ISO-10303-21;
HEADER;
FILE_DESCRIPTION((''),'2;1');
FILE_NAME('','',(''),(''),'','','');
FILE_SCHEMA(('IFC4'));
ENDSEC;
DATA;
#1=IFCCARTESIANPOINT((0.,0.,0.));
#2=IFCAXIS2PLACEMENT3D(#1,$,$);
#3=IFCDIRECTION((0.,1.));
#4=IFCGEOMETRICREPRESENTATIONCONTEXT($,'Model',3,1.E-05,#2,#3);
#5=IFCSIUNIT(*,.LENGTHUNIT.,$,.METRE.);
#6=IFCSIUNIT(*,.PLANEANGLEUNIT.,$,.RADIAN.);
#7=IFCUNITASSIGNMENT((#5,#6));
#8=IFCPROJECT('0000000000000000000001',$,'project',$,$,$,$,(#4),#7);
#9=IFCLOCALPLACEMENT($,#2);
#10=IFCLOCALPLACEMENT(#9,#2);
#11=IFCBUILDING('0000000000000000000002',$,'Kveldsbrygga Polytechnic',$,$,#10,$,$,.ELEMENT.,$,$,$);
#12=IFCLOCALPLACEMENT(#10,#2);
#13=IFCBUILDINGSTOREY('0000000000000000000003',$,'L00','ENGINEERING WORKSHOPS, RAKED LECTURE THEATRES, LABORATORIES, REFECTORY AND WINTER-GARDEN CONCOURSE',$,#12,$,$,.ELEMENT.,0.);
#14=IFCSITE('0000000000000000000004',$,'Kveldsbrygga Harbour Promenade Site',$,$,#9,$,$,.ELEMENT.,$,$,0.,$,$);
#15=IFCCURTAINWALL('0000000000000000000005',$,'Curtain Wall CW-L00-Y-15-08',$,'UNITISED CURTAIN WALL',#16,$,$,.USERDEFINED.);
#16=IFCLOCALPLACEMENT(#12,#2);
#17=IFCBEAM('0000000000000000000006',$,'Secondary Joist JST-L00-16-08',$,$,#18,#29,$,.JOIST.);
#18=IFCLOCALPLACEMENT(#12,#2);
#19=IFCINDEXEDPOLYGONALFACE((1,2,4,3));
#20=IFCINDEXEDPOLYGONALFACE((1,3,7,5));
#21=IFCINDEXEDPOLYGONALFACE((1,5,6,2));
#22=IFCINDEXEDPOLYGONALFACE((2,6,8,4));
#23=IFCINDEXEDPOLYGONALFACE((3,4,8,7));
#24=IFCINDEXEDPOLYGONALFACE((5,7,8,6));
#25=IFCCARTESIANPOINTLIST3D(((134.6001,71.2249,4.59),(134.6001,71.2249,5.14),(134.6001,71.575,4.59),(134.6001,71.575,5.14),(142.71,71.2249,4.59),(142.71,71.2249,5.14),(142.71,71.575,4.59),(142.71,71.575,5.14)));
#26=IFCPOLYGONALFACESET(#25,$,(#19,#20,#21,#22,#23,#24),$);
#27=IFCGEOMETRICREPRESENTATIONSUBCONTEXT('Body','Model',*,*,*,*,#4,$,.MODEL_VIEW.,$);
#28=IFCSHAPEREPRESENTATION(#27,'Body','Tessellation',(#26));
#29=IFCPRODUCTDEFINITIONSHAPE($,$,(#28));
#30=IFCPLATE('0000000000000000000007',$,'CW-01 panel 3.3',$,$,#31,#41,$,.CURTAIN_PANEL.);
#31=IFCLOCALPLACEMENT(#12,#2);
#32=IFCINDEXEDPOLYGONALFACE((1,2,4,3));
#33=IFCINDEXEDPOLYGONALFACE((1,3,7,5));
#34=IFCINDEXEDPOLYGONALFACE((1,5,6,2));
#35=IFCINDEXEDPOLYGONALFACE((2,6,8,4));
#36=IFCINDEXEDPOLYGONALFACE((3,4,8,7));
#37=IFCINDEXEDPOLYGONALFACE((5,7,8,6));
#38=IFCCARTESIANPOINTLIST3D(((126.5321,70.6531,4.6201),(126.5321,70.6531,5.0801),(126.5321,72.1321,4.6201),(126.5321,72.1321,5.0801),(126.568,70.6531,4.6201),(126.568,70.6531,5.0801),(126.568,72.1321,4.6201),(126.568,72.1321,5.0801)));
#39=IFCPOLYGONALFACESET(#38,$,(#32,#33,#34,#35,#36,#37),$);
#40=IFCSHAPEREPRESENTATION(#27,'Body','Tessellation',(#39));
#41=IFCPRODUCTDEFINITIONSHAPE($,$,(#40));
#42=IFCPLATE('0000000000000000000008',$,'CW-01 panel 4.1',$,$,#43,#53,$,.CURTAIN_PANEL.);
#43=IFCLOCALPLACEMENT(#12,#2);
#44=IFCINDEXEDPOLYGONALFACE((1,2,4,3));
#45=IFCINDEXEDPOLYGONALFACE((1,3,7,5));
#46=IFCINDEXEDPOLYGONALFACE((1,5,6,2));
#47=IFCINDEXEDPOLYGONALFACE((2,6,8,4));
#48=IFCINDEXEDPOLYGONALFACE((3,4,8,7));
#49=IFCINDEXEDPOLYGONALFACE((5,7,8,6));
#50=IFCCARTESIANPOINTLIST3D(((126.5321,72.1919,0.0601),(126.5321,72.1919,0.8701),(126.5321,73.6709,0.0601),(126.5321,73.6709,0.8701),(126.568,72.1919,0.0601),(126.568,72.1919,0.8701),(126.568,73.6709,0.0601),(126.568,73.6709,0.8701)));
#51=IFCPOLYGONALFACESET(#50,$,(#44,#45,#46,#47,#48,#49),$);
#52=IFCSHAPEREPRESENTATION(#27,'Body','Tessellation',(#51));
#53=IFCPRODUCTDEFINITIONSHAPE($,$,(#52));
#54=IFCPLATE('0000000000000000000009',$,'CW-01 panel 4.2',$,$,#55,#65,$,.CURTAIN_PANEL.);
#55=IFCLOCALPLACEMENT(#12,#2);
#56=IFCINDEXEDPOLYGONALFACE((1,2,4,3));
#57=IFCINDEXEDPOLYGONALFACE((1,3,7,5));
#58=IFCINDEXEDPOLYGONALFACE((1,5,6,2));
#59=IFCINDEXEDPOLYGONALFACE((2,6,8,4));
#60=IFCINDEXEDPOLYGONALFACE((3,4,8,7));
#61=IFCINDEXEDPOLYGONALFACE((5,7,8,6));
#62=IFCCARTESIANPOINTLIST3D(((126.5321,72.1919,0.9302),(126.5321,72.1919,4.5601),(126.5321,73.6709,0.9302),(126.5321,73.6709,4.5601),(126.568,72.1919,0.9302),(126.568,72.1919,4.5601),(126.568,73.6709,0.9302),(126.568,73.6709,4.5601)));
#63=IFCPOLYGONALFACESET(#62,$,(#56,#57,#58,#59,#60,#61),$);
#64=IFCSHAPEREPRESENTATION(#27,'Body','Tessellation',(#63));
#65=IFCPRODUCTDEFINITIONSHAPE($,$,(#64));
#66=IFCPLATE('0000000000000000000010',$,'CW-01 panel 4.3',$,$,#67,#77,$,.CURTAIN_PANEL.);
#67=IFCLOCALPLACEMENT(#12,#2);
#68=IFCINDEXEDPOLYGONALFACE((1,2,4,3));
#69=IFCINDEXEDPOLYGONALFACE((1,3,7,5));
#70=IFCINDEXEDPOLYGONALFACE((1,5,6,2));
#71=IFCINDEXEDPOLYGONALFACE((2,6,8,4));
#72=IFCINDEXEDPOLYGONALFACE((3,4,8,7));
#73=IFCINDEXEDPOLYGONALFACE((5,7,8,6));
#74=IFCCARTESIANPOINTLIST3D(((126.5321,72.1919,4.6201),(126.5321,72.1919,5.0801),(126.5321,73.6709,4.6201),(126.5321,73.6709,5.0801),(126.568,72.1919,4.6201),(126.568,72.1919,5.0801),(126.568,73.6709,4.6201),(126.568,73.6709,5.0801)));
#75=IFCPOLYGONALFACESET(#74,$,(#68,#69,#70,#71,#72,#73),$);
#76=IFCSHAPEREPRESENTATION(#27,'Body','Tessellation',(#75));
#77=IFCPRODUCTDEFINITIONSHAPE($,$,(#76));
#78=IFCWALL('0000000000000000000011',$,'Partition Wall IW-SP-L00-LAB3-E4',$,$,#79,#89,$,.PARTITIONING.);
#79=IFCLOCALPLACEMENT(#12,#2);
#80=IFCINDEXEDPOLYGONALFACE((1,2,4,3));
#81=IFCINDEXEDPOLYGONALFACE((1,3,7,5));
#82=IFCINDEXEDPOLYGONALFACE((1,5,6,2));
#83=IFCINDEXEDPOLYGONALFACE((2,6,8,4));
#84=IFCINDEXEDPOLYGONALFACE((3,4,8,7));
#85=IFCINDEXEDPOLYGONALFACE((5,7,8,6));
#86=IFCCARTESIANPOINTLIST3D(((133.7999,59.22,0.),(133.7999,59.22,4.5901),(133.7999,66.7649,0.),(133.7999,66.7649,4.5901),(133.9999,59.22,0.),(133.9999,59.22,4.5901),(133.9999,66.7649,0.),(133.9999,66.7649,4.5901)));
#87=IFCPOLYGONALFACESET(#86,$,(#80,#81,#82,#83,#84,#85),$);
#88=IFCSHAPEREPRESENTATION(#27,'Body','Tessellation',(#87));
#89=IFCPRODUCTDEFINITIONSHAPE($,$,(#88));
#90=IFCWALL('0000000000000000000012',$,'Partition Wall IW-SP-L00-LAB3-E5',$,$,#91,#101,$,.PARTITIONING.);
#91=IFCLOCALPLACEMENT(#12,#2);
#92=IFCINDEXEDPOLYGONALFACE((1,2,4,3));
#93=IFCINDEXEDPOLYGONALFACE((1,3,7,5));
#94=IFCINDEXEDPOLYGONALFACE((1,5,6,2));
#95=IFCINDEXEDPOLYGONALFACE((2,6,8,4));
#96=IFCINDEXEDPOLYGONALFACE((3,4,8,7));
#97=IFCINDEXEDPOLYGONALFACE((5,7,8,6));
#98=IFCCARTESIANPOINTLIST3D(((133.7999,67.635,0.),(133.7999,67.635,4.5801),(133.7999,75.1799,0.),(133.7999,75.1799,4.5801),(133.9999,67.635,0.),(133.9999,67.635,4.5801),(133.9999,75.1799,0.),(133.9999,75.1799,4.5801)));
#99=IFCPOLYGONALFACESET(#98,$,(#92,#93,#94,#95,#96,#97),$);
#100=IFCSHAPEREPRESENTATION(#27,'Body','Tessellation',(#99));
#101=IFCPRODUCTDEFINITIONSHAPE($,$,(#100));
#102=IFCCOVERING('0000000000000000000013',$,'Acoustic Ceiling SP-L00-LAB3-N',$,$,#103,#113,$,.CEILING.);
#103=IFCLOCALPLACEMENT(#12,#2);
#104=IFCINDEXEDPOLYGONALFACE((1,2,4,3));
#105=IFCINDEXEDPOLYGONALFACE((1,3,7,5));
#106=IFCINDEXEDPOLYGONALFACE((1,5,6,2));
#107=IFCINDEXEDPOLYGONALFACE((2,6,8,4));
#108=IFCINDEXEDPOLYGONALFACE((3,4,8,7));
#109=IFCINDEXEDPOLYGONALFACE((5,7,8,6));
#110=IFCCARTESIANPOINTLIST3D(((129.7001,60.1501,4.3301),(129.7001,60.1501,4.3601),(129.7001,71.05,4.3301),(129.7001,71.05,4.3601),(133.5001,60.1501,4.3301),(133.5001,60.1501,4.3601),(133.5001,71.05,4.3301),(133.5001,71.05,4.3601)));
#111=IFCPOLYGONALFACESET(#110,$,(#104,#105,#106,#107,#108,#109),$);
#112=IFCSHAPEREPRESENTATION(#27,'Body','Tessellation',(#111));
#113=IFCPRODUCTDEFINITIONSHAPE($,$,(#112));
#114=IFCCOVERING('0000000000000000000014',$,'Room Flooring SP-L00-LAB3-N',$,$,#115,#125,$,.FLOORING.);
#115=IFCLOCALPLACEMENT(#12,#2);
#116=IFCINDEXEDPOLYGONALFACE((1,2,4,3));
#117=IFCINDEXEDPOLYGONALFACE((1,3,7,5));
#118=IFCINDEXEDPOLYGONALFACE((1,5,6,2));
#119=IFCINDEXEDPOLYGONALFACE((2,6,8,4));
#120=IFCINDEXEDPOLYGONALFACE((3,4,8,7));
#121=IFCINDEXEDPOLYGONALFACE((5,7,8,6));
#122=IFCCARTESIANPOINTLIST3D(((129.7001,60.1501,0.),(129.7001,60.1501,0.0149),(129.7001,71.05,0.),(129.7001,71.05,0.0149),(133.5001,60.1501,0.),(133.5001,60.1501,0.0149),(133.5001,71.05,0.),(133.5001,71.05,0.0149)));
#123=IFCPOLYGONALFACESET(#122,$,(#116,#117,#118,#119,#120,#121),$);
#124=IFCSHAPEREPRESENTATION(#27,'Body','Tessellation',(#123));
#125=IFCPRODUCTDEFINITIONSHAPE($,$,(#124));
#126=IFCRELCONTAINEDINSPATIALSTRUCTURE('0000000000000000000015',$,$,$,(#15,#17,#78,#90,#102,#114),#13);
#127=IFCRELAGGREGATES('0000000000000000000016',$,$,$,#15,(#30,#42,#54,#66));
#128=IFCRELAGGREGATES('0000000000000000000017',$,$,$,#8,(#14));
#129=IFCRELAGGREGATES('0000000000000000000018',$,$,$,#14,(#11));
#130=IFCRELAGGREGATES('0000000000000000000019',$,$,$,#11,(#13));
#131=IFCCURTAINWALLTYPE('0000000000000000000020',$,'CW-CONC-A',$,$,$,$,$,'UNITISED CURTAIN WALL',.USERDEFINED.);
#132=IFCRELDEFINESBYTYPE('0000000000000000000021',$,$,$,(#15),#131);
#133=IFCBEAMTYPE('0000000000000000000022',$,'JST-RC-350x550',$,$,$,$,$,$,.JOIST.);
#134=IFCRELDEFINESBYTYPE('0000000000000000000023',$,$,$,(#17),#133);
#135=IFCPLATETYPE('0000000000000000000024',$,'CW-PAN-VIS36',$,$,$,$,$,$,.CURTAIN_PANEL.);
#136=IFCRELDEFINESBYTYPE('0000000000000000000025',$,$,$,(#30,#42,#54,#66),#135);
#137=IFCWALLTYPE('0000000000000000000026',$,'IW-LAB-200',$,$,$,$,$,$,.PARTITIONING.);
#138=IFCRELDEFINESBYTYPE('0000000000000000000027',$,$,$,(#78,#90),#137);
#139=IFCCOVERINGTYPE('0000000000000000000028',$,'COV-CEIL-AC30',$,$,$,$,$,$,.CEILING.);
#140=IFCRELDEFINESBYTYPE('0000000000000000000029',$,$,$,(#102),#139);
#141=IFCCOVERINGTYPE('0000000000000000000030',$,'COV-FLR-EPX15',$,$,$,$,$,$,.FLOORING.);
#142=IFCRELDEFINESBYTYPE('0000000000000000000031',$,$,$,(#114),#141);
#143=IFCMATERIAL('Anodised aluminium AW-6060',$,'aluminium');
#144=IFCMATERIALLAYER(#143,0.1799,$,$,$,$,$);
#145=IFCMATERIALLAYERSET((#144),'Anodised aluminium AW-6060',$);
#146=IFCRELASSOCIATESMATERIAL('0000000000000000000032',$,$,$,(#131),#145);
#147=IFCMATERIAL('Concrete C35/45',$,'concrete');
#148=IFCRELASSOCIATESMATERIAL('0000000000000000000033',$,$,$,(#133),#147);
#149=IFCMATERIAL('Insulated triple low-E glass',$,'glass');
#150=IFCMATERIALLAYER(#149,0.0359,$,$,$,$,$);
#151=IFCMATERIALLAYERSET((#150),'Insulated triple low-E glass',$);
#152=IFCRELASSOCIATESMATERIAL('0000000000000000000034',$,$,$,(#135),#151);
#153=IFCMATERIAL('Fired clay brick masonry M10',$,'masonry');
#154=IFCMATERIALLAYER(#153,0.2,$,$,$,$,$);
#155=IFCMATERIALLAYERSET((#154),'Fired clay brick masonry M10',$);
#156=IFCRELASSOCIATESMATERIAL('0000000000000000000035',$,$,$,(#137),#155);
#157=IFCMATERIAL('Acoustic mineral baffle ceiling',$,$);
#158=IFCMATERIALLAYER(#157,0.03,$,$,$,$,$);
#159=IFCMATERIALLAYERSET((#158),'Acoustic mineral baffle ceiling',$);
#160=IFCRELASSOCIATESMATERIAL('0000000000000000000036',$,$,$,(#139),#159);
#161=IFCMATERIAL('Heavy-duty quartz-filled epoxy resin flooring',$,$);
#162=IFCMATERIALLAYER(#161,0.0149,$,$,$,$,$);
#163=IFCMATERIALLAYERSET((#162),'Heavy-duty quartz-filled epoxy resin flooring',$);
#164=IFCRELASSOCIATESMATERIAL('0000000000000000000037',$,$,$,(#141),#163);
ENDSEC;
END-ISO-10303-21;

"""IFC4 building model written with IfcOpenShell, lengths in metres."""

from ifc_helpers import new_model, si_unit, direction, frame, frame_2d, origin, origin_2d, place, context, subcontext, project, spatial, rectangle, extrude, material, layer, layer_set, material_profile, profile_set, type_object, element, aggregate, save


model = new_model("IFC4")

# Units and contexts
model_context = context("Model", 3, precision=1e-05, world=origin(), true_north=direction((0.0, 1.0)))
body_context = subcontext(model_context, "Body", "Model", "MODEL_VIEW")
ifc_project = project(units=[si_unit("LENGTHUNIT", "METRE"), si_unit("PLANEANGLEUNIT", "RADIAN")], contexts=[model_context])

# Site, building, storey
site_placement = place(None, origin())
site = spatial("IfcSite", under=ifc_project, at=site_placement, Name="Kveldsbrygga Harbour Promenade Site", CompositionType="ELEMENT", RefElevation=0.0)
building_placement = place(site_placement, origin())
building = spatial("IfcBuilding", under=site, at=building_placement, Name="Kveldsbrygga Polytechnic", CompositionType="ELEMENT")
storey_placement = place(building_placement, origin())
storey = spatial("IfcBuildingStorey", under=building, at=storey_placement, Name="L00", Description="ENGINEERING WORKSHOPS, RAKED LECTURE THEATRES, LABORATORIES, REFECTORY AND WINTER-GARDEN CONCOURSE", CompositionType="ELEMENT", Elevation=0.0)

# Shared definitions
ifc_material_1 = material(Name="Concrete C35/45", Category="concrete")

# Curtain wall
ifc_material_2 = material(Name="Anodised aluminium AW-6060", Category="aluminium")
ifc_layer_1 = layer(ifc_material_2, 0.1799)
ifc_layer_set_1 = layer_set([ifc_layer_1], Name="Anodised aluminium AW-6060")
curtain_wall_type = type_object("IfcCurtainWallType", Name="CW-CONC-A", ElementType="UNITISED CURTAIN WALL", PredefinedType="USERDEFINED", material=ifc_layer_set_1)
curtain_wall_placement = place(storey_placement, origin())
curtain_wall = element("IfcCurtainWall", 1, at=curtain_wall_placement, inside=storey, type_object=curtain_wall_type, Name="Curtain Wall CW-L00-Y-15-08", ObjectType="UNITISED CURTAIN WALL", PredefinedType="USERDEFINED")

# Beam
ifc_material_profile_1 = material_profile(ifc_material_1, rectangle(XDim=0.3501, YDim=0.55, at=origin_2d()), Name="RC 350x550")
ifc_profile_set_1 = profile_set([ifc_material_profile_1], Name="Concrete C35/45")
beam_type_1 = type_object("IfcBeamType", Name="JST-RC-350x550", PredefinedType="JOIST", material=ifc_profile_set_1)
beam_1_placement = place(storey_placement, frame((134.6001, 71.3999, 4.865), z_axis=(1.0, 0.0, 0.0), x_axis=(0.0, 1.0, 0.0)))
element("IfcBeam", 2, at=beam_1_placement, inside=storey, type_object=beam_type_1, Name="Secondary Joist JST-L00-16-08", PredefinedType="JOIST", context=body_context, shape_type="SweptSolid", body=[
    extrude(rectangle(XDim=0.3501, YDim=0.55, at=origin_2d()), origin(), (0.0, 0.0, 1.0), 8.1099),
])

# Plates
ifc_material_3 = material(Name="Insulated triple low-E glass", Category="glass")
ifc_layer_2 = layer(ifc_material_3, 0.0359)
ifc_layer_set_2 = layer_set([ifc_layer_2], Name="Insulated triple low-E glass")
plate_type = type_object("IfcPlateType", Name="CW-PAN-VIS36", PredefinedType="CURTAIN_PANEL", material=ifc_layer_set_2)
plate_1_placement = place(storey_placement, frame((126.55, 71.3926, 4.6201), z_axis=(0.0, 0.0, 1.0), x_axis=(0.0, 1.0, 0.0)))
plate_1 = element("IfcPlate", 3, at=plate_1_placement, type_object=plate_type, Name="CW-01 panel 3.3", PredefinedType="CURTAIN_PANEL", context=body_context, shape_type="SweptSolid", body=[
    extrude(rectangle(XDim=1.479, YDim=0.0359, at=origin_2d()), origin(), (0.0, 0.0, 1.0), 0.46),
])
plate_2_placement = place(storey_placement, frame((126.55, 72.9314, 0.0601), z_axis=(0.0, 0.0, 1.0), x_axis=(0.0, 1.0, 0.0)))
plate_2 = element("IfcPlate", 4, at=plate_2_placement, type_object=plate_type, Name="CW-01 panel 4.1", PredefinedType="CURTAIN_PANEL", context=body_context, shape_type="SweptSolid", body=[
    extrude(rectangle(XDim=1.479, YDim=0.0359, at=origin_2d()), origin(), (0.0, 0.0, 1.0), 0.8101),
])
plate_3_placement = place(storey_placement, frame((126.55, 72.9314, 0.9302), z_axis=(0.0, 0.0, 1.0), x_axis=(0.0, 1.0, 0.0)))
plate_3 = element("IfcPlate", 5, at=plate_3_placement, type_object=plate_type, Name="CW-01 panel 4.2", PredefinedType="CURTAIN_PANEL", context=body_context, shape_type="SweptSolid", body=[
    extrude(rectangle(XDim=1.479, YDim=0.0359, at=origin_2d()), origin(), (0.0, 0.0, 1.0), 3.6299),
])
plate_4_placement = place(storey_placement, frame((126.55, 72.9314, 4.6201), z_axis=(0.0, 0.0, 1.0), x_axis=(0.0, 1.0, 0.0)))
plate_4 = element("IfcPlate", 6, at=plate_4_placement, type_object=plate_type, Name="CW-01 panel 4.3", PredefinedType="CURTAIN_PANEL", context=body_context, shape_type="SweptSolid", body=[
    extrude(rectangle(XDim=1.479, YDim=0.0359, at=origin_2d()), origin(), (0.0, 0.0, 1.0), 0.46),
])
aggregate(curtain_wall, [plate_1, plate_2, plate_3, plate_4])

# Walls
ifc_material_4 = material(Name="Fired clay brick masonry M10", Category="masonry")
ifc_layer_3 = layer(ifc_material_4, 0.2)
ifc_layer_set_3 = layer_set([ifc_layer_3], Name="Fired clay brick masonry M10")
wall_type = type_object("IfcWallType", Name="IW-LAB-200", PredefinedType="PARTITIONING", material=ifc_layer_set_3)
wall_1_placement = place(storey_placement, frame((133.8999, 59.22, 0.0), z_axis=(0.0, 0.0, 1.0), x_axis=(0.0, 1.0, 0.0)))
element("IfcWall", 7, at=wall_1_placement, inside=storey, type_object=wall_type, Name="Partition Wall IW-SP-L00-LAB3-E4", PredefinedType="PARTITIONING", context=body_context, shape_type="SweptSolid", body=[
    extrude(rectangle(XDim=7.5449, YDim=0.2, at=frame_2d((3.7725, 0.0))), origin(), (0.0, 0.0, 1.0), 4.5901),
])
wall_2_placement = place(storey_placement, frame((133.8999, 67.635, 0.0), z_axis=(0.0, 0.0, 1.0), x_axis=(0.0, 1.0, 0.0)))
element("IfcWall", 8, at=wall_2_placement, inside=storey, type_object=wall_type, Name="Partition Wall IW-SP-L00-LAB3-E5", PredefinedType="PARTITIONING", context=body_context, shape_type="SweptSolid", body=[
    extrude(rectangle(XDim=7.5449, YDim=0.2, at=frame_2d((3.7725, 0.0))), origin(), (0.0, 0.0, 1.0), 4.5801),
])

# Coverings
ifc_material_5 = material(Name="Acoustic mineral baffle ceiling")
ifc_layer_4 = layer(ifc_material_5, 0.03)
ifc_layer_set_4 = layer_set([ifc_layer_4], Name="Acoustic mineral baffle ceiling")
covering_type_1 = type_object("IfcCoveringType", Name="COV-CEIL-AC30", PredefinedType="CEILING", material=ifc_layer_set_4)
covering_1_placement = place(storey_placement, frame((131.6001, 65.6001, 4.3301), z_axis=(0.0, 0.0, 1.0), x_axis=(1.0, 0.0, 0.0)))
element("IfcCovering", 9, at=covering_1_placement, inside=storey, type_object=covering_type_1, Name="Acoustic Ceiling SP-L00-LAB3-N", PredefinedType="CEILING", context=body_context, shape_type="SweptSolid", body=[
    extrude(rectangle(XDim=3.8, YDim=10.8999, at=origin_2d()), origin(), (0.0, 0.0, 1.0), 0.03),
])
ifc_material_6 = material(Name="Heavy-duty quartz-filled epoxy resin flooring")
ifc_layer_5 = layer(ifc_material_6, 0.0149)
ifc_layer_set_5 = layer_set([ifc_layer_5], Name="Heavy-duty quartz-filled epoxy resin flooring")
covering_type_2 = type_object("IfcCoveringType", Name="COV-FLR-EPX15", PredefinedType="FLOORING", material=ifc_layer_set_5)
covering_2_placement = place(storey_placement, frame((131.6001, 65.6001, 0.0), z_axis=(0.0, 0.0, 1.0), x_axis=(1.0, 0.0, 0.0)))
element("IfcCovering", 10, at=covering_2_placement, inside=storey, type_object=covering_type_2, Name="Room Flooring SP-L00-LAB3-N", PredefinedType="FLOORING", context=body_context, shape_type="SweptSolid", body=[
    extrude(rectangle(XDim=3.8, YDim=10.8999, at=origin_2d()), origin(), (0.0, 0.0, 1.0), 0.0149),
])

save(model, "model.ifc")
